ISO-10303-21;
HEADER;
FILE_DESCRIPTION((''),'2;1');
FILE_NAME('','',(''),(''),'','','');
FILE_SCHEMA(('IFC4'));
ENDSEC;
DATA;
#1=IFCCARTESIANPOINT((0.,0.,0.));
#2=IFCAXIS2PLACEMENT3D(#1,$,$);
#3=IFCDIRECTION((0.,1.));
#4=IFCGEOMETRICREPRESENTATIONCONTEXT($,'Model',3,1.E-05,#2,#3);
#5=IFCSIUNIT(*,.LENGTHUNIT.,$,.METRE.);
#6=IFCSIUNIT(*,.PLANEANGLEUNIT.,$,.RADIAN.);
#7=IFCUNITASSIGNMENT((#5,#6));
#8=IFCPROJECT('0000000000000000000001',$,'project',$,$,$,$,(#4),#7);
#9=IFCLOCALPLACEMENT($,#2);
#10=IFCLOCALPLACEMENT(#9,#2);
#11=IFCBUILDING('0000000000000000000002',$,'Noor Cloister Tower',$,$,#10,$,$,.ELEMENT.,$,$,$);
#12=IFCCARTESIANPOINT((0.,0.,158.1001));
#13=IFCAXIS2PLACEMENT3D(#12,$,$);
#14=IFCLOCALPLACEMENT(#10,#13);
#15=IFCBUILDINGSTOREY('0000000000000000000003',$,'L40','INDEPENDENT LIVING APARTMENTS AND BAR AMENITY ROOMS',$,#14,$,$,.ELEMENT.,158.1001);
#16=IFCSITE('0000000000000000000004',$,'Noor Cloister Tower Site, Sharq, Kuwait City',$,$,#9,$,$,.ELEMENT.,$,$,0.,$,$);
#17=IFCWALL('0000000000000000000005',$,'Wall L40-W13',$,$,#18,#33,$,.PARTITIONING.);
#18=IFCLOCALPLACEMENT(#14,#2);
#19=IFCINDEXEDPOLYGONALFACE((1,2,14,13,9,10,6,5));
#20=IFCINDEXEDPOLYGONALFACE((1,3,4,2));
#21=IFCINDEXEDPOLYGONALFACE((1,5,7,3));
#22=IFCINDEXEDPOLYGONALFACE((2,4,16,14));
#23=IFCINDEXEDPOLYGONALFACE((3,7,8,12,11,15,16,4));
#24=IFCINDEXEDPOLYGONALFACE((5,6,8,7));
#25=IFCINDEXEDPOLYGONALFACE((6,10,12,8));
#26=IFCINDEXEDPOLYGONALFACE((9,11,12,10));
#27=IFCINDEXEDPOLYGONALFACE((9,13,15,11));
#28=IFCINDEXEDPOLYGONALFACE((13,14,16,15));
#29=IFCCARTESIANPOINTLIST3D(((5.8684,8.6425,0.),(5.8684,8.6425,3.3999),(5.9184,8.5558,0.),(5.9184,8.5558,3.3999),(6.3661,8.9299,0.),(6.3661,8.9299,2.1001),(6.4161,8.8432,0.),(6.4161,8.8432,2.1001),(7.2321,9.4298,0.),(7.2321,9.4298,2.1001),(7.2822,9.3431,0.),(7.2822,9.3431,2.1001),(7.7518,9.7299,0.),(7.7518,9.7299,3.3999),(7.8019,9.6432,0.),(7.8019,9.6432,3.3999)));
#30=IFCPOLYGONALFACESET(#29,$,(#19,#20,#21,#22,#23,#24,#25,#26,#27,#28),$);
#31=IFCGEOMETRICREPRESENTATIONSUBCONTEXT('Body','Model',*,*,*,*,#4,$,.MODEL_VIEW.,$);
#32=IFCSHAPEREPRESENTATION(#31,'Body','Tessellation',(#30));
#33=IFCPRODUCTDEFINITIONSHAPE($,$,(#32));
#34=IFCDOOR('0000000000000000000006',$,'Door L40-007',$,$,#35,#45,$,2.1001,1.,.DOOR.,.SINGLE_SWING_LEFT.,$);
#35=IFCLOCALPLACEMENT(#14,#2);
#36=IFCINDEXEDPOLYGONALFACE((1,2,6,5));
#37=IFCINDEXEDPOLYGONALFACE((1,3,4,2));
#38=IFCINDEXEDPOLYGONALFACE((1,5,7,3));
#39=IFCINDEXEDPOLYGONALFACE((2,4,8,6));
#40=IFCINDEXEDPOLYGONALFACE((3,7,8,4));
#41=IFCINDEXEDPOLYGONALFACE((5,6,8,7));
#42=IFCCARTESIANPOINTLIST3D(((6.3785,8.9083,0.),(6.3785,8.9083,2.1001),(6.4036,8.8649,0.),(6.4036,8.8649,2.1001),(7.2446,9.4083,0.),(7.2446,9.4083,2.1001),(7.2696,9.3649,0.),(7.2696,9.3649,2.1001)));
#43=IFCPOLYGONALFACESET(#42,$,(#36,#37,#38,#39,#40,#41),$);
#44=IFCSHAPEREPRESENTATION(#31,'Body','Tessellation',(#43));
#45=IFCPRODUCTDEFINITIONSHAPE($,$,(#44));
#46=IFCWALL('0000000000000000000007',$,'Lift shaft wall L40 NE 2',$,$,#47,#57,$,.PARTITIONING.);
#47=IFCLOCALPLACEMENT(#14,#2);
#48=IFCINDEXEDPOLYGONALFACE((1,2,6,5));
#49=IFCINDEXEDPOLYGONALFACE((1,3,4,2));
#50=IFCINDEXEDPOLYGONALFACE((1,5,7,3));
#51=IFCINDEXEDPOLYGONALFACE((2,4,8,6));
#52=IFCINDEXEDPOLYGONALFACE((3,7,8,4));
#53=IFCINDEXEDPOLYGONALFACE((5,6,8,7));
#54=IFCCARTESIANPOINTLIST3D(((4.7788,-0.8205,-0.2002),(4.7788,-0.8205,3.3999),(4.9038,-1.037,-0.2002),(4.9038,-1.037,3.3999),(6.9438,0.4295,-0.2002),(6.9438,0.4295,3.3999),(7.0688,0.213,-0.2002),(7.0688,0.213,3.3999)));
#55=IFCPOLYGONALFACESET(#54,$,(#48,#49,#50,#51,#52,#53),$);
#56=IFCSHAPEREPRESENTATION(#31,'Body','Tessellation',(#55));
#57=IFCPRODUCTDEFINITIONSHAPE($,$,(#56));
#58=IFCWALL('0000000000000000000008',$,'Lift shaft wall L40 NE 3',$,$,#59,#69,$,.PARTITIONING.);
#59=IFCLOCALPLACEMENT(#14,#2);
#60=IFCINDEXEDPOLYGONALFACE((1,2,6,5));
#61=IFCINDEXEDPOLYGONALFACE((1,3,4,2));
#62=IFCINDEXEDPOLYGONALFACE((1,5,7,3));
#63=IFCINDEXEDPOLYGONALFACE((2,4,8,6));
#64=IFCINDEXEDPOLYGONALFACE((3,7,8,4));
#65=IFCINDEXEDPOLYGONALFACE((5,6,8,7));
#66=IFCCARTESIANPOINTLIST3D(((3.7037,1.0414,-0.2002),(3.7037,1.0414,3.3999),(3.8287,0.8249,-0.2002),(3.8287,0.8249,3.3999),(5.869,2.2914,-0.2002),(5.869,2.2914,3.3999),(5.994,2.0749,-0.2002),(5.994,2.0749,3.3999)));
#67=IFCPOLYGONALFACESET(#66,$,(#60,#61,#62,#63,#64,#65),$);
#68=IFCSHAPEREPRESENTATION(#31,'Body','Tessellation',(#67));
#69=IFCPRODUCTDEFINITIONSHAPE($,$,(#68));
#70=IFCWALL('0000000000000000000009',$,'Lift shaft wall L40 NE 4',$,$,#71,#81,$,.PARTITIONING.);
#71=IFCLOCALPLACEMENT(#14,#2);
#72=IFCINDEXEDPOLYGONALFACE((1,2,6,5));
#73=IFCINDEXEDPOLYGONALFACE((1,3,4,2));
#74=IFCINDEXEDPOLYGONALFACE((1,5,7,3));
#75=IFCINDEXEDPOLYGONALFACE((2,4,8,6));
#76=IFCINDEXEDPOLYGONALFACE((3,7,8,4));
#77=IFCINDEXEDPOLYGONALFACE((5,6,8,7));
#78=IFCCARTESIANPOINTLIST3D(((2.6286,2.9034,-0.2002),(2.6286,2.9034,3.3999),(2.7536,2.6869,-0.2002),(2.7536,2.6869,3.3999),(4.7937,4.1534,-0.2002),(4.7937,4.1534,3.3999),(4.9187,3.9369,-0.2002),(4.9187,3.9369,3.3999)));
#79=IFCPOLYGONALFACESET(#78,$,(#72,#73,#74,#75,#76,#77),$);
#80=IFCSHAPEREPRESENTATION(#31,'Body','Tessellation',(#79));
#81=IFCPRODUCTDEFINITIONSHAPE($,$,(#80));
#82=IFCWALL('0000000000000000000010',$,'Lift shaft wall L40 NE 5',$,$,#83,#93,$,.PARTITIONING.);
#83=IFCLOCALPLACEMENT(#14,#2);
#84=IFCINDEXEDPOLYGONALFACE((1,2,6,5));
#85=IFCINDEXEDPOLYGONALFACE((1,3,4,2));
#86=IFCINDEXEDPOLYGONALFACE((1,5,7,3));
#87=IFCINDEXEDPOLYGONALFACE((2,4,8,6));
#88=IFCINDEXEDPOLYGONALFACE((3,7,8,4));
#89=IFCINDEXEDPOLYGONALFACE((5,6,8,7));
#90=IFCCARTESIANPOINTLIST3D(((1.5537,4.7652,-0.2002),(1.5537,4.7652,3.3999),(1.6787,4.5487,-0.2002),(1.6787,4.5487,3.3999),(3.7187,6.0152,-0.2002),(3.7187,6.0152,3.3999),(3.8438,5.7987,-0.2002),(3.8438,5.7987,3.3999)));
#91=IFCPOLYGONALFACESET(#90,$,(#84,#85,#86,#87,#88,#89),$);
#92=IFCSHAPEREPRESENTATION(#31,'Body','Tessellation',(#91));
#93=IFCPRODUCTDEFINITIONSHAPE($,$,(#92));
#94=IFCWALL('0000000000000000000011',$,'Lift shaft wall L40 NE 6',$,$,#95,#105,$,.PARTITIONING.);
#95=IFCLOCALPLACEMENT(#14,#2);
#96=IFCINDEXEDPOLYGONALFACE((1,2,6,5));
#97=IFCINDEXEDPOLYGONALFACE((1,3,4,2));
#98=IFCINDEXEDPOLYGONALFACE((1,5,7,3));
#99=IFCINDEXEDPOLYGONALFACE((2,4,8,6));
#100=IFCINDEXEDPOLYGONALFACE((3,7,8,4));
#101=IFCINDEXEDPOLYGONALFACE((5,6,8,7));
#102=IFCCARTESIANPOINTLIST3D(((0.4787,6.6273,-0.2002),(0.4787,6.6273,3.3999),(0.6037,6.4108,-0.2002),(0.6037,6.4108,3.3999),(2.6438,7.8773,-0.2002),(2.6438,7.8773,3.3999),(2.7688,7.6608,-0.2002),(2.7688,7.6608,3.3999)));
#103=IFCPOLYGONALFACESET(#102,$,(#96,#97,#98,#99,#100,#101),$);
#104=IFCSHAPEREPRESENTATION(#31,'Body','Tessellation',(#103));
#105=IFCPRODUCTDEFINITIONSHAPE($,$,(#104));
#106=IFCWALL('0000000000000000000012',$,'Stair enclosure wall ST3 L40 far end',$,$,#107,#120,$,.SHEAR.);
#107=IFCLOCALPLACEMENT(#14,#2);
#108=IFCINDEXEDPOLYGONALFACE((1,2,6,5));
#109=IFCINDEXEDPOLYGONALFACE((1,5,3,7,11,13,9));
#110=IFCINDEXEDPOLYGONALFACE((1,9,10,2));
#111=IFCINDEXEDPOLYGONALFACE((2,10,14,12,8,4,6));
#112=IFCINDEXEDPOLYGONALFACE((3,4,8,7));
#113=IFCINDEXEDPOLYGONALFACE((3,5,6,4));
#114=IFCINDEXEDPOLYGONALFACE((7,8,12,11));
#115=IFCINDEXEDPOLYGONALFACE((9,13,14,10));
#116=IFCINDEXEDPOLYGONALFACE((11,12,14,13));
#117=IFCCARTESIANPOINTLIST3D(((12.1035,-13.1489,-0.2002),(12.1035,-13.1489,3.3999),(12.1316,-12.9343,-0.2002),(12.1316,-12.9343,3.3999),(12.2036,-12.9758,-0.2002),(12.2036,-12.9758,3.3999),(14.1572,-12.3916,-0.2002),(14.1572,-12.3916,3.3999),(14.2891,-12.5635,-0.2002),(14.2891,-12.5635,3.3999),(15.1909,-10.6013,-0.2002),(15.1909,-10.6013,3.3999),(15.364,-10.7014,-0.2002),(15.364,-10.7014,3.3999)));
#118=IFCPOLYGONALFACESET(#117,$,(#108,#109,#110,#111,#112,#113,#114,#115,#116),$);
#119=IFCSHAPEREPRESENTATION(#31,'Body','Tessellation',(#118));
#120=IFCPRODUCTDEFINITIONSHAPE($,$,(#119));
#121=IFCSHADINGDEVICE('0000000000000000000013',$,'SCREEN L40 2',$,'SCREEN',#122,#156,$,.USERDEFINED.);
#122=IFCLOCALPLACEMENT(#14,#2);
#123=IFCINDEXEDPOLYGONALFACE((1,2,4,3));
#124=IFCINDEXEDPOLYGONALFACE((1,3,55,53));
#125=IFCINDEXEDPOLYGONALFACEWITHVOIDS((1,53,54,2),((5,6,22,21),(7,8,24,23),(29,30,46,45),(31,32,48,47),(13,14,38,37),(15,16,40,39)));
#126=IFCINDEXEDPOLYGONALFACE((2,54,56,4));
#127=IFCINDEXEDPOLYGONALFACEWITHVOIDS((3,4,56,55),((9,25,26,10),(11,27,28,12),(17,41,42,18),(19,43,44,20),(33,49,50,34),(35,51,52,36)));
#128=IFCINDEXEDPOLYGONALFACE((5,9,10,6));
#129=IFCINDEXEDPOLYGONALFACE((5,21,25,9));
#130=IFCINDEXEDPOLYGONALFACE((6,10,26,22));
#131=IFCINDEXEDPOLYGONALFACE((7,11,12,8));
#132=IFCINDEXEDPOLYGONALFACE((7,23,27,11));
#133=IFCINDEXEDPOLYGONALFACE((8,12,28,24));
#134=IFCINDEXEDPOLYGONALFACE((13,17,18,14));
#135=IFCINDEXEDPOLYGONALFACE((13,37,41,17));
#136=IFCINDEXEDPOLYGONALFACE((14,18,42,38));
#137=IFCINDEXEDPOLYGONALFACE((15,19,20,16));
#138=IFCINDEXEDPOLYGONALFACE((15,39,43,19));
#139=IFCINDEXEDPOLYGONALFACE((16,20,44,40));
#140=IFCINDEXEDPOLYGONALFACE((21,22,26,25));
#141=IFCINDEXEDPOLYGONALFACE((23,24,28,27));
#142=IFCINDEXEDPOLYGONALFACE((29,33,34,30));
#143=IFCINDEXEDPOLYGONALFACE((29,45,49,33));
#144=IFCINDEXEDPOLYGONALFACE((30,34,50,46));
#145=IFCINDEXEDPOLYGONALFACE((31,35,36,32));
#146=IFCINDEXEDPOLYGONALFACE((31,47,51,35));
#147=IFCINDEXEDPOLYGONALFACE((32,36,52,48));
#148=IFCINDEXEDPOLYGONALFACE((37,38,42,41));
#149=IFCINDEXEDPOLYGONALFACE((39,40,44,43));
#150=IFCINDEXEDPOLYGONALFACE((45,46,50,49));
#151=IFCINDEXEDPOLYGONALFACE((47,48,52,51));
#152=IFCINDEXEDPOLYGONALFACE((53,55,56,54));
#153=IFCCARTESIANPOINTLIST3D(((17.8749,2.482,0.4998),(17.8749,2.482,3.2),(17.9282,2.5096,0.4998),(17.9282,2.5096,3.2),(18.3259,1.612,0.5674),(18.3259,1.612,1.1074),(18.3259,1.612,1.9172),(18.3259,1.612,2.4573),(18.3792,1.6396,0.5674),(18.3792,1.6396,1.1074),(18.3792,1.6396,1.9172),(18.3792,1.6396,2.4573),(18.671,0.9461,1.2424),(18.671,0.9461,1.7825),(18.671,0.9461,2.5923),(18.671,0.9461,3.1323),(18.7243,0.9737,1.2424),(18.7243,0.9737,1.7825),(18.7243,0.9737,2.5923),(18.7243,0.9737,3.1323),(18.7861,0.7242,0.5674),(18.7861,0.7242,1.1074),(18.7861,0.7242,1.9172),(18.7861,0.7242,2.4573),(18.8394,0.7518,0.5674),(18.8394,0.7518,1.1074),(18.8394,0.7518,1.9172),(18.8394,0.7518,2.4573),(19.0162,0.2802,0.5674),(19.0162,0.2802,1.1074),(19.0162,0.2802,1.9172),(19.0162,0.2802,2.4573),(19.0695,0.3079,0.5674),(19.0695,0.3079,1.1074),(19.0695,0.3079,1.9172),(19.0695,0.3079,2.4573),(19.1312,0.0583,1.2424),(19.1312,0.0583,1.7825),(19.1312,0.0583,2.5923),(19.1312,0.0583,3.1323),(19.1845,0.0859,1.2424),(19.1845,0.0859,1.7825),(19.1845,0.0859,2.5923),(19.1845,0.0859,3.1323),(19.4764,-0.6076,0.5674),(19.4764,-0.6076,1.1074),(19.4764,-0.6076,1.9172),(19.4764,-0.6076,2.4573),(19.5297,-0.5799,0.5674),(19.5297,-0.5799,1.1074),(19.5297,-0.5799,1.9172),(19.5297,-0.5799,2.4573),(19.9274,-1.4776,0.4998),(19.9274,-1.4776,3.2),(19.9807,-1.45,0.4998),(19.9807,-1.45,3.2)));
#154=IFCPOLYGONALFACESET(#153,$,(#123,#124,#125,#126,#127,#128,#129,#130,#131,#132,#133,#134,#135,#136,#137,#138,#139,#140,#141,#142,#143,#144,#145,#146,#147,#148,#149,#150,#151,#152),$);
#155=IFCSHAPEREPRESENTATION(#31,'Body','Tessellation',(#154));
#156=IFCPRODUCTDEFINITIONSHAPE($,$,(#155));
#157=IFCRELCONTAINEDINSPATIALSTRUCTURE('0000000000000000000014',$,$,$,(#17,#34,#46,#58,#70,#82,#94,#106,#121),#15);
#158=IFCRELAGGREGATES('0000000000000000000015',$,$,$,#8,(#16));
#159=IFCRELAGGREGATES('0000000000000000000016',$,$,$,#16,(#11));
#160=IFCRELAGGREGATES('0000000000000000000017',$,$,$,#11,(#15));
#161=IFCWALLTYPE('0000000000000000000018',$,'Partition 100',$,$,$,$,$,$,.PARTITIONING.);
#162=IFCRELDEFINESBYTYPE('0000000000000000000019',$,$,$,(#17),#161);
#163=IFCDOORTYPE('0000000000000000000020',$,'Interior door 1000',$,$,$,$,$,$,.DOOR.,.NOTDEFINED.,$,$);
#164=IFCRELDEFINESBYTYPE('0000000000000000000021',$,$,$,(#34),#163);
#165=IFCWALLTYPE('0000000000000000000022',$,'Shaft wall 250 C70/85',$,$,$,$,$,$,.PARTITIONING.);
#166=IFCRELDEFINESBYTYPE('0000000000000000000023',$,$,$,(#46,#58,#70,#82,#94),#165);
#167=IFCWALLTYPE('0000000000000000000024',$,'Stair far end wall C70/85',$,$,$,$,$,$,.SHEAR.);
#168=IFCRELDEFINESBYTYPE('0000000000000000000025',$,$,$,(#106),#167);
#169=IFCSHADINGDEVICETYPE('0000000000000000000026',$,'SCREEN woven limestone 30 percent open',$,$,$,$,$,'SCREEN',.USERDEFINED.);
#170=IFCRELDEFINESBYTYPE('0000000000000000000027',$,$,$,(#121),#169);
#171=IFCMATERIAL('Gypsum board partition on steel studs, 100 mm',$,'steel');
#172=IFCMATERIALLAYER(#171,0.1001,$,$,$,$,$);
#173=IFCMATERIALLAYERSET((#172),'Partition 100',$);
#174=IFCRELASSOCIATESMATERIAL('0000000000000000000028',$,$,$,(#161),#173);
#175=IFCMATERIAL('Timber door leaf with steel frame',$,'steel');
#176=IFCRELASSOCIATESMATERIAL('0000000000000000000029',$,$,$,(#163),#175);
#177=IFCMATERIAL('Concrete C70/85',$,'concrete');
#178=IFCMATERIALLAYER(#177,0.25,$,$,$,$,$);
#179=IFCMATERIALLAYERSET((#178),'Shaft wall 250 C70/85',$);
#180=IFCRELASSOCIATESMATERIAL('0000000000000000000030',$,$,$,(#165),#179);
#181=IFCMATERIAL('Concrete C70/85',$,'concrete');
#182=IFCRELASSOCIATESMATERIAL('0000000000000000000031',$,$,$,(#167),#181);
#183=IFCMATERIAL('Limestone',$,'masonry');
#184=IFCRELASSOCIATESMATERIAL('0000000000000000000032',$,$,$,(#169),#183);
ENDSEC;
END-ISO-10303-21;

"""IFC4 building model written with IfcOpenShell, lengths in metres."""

from ifc_helpers import new_model, si_unit, direction, frame, frame_2d, origin, place, context, subcontext, project, spatial, polyline, rectangle, outline, extrude, material, layer, layer_set, material_profile, profile_set, type_object, element, fill, save


model = new_model("IFC4")

# Units and contexts
model_context = context("Model", 3, precision=1e-05, world=origin(), true_north=direction((0.0, 1.0)))
body_context = subcontext(model_context, "Body", "Model", "MODEL_VIEW")
ifc_project = project(units=[si_unit("LENGTHUNIT", "METRE"), si_unit("PLANEANGLEUNIT", "RADIAN")], contexts=[model_context])

# Site, building, storey
site_placement = place(None, origin())
site = spatial("IfcSite", under=ifc_project, at=site_placement, Name="Noor Cloister Tower Site, Sharq, Kuwait City", CompositionType="ELEMENT", RefElevation=0.0)
building_placement = place(site_placement, origin())
building = spatial("IfcBuilding", under=site, at=building_placement, Name="Noor Cloister Tower", CompositionType="ELEMENT")
storey_placement = place(building_placement, frame((0.0, 0.0, 158.1001)))
storey = spatial("IfcBuildingStorey", under=building, at=storey_placement, Name="L40", Description="INDEPENDENT LIVING APARTMENTS AND BAR AMENITY ROOMS", CompositionType="ELEMENT", Elevation=158.1001)

# Shared definitions
ifc_material_1 = material(Name="Gypsum board partition on steel studs, 100 mm", Category="steel")
ifc_layer_1 = layer(ifc_material_1, 0.1001)
ifc_layer_set_1 = layer_set([ifc_layer_1], Name="Partition 100")
wall_type_1 = type_object("IfcWallType", Name="Partition 100", PredefinedType="PARTITIONING", material=ifc_layer_set_1)

# Wall, opening, door
wall_1_placement = place(storey_placement, frame((7.7769, 9.6865, 0.0), z_axis=(0.0, 0.0, 1.0), x_axis=(-0.866038, -0.499978, 0.0)))
wall_1 = element("IfcWall", 1, at=wall_1_placement, inside=storey, type_object=wall_type_1, Name="Wall L40-W13", PredefinedType="PARTITIONING", context=body_context, shape_type="SweptSolid", body=[
    extrude(rectangle(XDim=2.1748, YDim=0.1001, at=frame_2d((1.0874, 0.0))), origin(), (0.0, 0.0, 1.0), 3.3999),
])
opening_1_placement = place(wall_1_placement, frame((0.6001, 0.0, 0.0)))
opening_1 = element("IfcOpeningElement", 2, at=opening_1_placement, cuts=wall_1, PredefinedType="OPENING", context=body_context, shape_type="SweptSolid", body=[
    extrude(rectangle(XDim=1.0, YDim=2.1001, at=frame_2d((0.5, 1.05))), frame((0.0, 0.0601, 0.0), z_axis=(0.0, -1.0, 0.0), x_axis=(1.0, 0.0, 0.0)), (0.0, 0.0, 1.0), 0.1201),
])
ifc_material_2 = material(Name="Timber door leaf with steel frame", Category="steel")
door_type_1 = type_object("IfcDoorType", Name="Interior door 1000", OperationType="NOTDEFINED", PredefinedType="DOOR", material=ifc_material_2)
door_1_placement = place(opening_1_placement, origin())
door_1 = element("IfcDoor", 3, at=door_1_placement, inside=storey, type_object=door_type_1, Name="Door L40-007", OperationType="SINGLE_SWING_LEFT", OverallHeight=2.1001, OverallWidth=1.0, PredefinedType="DOOR", context=body_context, shape_type="SweptSolid", body=[
    extrude(rectangle(XDim=1.0, YDim=2.1001, at=frame_2d((0.5, 1.05))), frame((0.0, 0.0249, 0.0), z_axis=(0.0, -1.0, 0.0), x_axis=(1.0, 0.0, 0.0)), (0.0, 0.0, 1.0), 0.05),
])
fill(opening_1, door_1)

# Walls
ifc_material_3 = material(Name="Concrete C70/85", Category="concrete")
ifc_layer_2 = layer(ifc_material_3, 0.25)
ifc_layer_set_2 = layer_set([ifc_layer_2], Name="Shaft wall 250 C70/85")
wall_type_2 = type_object("IfcWallType", Name="Shaft wall 250 C70/85", PredefinedType="PARTITIONING", material=ifc_layer_set_2)
wall_2_placement = place(storey_placement, frame((7.0063, 0.3213, -0.2002), z_axis=(0.0, 0.0, 1.0), x_axis=(-0.866023, -0.500004, 0.0)))
element("IfcWall", 4, at=wall_2_placement, inside=storey, type_object=wall_type_2, Name="Lift shaft wall L40 NE 2", PredefinedType="PARTITIONING", context=body_context, shape_type="SweptSolid", body=[
    extrude(rectangle(XDim=2.5, YDim=0.25, at=frame_2d((1.25, 0.0))), origin(), (0.0, 0.0, 1.0), 3.6001),
])
wall_3_placement = place(storey_placement, frame((5.9314, 2.1831, -0.2002), z_axis=(0.0, 0.0, 1.0), x_axis=(-0.866047, -0.499962, 0.0)))
element("IfcWall", 5, at=wall_3_placement, inside=storey, type_object=wall_type_2, Name="Lift shaft wall L40 NE 3", PredefinedType="PARTITIONING", context=body_context, shape_type="SweptSolid", body=[
    extrude(rectangle(XDim=2.5002, YDim=0.25, at=frame_2d((1.25, 0.0))), origin(), (0.0, 0.0, 1.0), 3.6001),
])
for number, where, z_axis, x_axis, name in (
    (6, (4.8562, 4.0452, -0.2002), (0.0, 0.0, 1.0), (-0.866023, -0.500004, 0.0), "Lift shaft wall L40 NE 4"),
    (7, (3.7812, 5.907, -0.2002), (0.0, 0.0, 1.0), (-0.866023, -0.500004, 0.0), "Lift shaft wall L40 NE 5"),
    (8, (2.7063, 7.769, -0.2002), (0.0, 0.0, 1.0), (-0.866023, -0.500004, 0.0), "Lift shaft wall L40 NE 6"),
):
    element("IfcWall", number, at=place(storey_placement, frame(where, z_axis=z_axis, x_axis=x_axis)), inside=storey, type_object=wall_type_2, Name=name, PredefinedType="PARTITIONING", context=body_context, shape_type="SweptSolid", body=[
        extrude(rectangle(XDim=2.5, YDim=0.25, at=frame_2d((1.25, 0.0))), origin(), (0.0, 0.0, 1.0), 3.6001),
    ])
ifc_material_4 = material(Name="Concrete C70/85", Category="concrete")
wall_type_3 = type_object("IfcWallType", Name="Stair far end wall C70/85", PredefinedType="SHEAR", material=ifc_material_4)
wall_4_placement = place(storey_placement, frame((0.0, 0.0, -0.2002)))
element("IfcWall", 9, at=wall_4_placement, inside=storey, type_object=wall_type_3, Name="Stair enclosure wall ST3 L40 far end", PredefinedType="SHEAR", context=body_context, shape_type="SweptSolid", body=[
    extrude(outline(polyline([(12.1035, -13.1489), (14.2891, -12.5635), (15.364, -10.7014), (15.1909, -10.6013), (14.1572, -12.3916), (12.1316, -12.9343), (12.2036, -12.9758), (12.2036, -12.9758), (12.2036, -12.9758), (12.2036, -12.9758), (12.2036, -12.9758), (12.2036, -12.9758), (12.2036, -12.9758), (12.2036, -12.9758), (12.2036, -12.9758), (12.2036, -12.9758), (12.2036, -12.9758), (12.2036, -12.9758), (12.2036, -12.9758), (12.2036, -12.9758), (12.2036, -12.9758), (12.2036, -12.9758), (12.2036, -12.9758), (12.1035, -13.1489)])), origin(), (0.0, 0.0, 1.0), 3.6001),
])

# Shading device
ifc_material_5 = material(Name="Limestone", Category="masonry")
ifc_material_profile_1 = material_profile(ifc_material_5, outline(polyline([(-2.23, -1.3501), (2.23, -1.3501), (2.23, 1.3501), (-2.23, 1.3501), (-2.23, -1.3501)]), holes=[polyline([(-1.25, -1.2825), (-0.25, -1.2825), (-0.25, -0.7424), (-1.25, -0.7424), (-1.25, -1.2825)]), polyline([(0.25, -1.2825), (1.25, -1.2825), (1.25, -0.7424), (0.25, -0.7424), (0.25, -1.2825)]), polyline([(-0.5, -0.6074), (0.5, -0.6074), (0.5, -0.0674), (-0.5, -0.0674), (-0.5, -0.6074)]), polyline([(-1.25, 0.0674), (-0.25, 0.0674), (-0.25, 0.6074), (-1.25, 0.6074), (-1.25, 0.0674)]), polyline([(0.25, 0.0674), (1.25, 0.0674), (1.25, 0.6074), (0.25, 0.6074), (0.25, 0.0674)]), polyline([(-0.5, 0.7424), (0.5, 0.7424), (0.5, 1.2825), (-0.5, 1.2825), (-0.5, 0.7424)])]), Name="Woven screen 30 percent open")
ifc_profile_set_1 = profile_set([ifc_material_profile_1], Name="Limestone")
shading_device_type = type_object("IfcShadingDeviceType", Name="SCREEN woven limestone 30 percent open", ElementType="SCREEN", PredefinedType="USERDEFINED", material=ifc_profile_set_1)
for number, where, z_axis, x_axis, name in (
    (10, (18.9011, 0.5022, 1.8499), (0.887816, 0.460198, 0.0), (-0.460198, 0.887816, 0.0), "SCREEN L40 2"),
):
    element("IfcShadingDevice", number, at=place(storey_placement, frame(where, z_axis=z_axis, x_axis=x_axis)), inside=storey, type_object=shading_device_type, Name=name, ObjectType="SCREEN", PredefinedType="USERDEFINED", context=body_context, shape_type="SweptSolid", body=[
        extrude(outline(polyline([(-2.23, -1.3501), (2.23, -1.3501), (2.23, 1.3501), (-2.23, 1.3501), (-2.23, -1.3501)]), holes=[polyline([(-1.25, -1.2825), (-0.25, -1.2825), (-0.25, -0.7424), (-1.25, -0.7424), (-1.25, -1.2825)]), polyline([(0.25, -1.2825), (1.25, -1.2825), (1.25, -0.7424), (0.25, -0.7424), (0.25, -1.2825)]), polyline([(-0.5, -0.6074), (0.5, -0.6074), (0.5, -0.0674), (-0.5, -0.0674), (-0.5, -0.6074)]), polyline([(-1.25, 0.0674), (-0.25, 0.0674), (-0.25, 0.6074), (-1.25, 0.6074), (-1.25, 0.0674)]), polyline([(0.25, 0.0674), (1.25, 0.0674), (1.25, 0.6074), (0.25, 0.6074), (0.25, 0.0674)]), polyline([(-0.5, 0.7424), (0.5, 0.7424), (0.5, 1.2825), (-0.5, 1.2825), (-0.5, 0.7424)])]), origin(), (0.0, 0.0, 1.0), 0.0601),
    ])

save(model, "model.ifc")
